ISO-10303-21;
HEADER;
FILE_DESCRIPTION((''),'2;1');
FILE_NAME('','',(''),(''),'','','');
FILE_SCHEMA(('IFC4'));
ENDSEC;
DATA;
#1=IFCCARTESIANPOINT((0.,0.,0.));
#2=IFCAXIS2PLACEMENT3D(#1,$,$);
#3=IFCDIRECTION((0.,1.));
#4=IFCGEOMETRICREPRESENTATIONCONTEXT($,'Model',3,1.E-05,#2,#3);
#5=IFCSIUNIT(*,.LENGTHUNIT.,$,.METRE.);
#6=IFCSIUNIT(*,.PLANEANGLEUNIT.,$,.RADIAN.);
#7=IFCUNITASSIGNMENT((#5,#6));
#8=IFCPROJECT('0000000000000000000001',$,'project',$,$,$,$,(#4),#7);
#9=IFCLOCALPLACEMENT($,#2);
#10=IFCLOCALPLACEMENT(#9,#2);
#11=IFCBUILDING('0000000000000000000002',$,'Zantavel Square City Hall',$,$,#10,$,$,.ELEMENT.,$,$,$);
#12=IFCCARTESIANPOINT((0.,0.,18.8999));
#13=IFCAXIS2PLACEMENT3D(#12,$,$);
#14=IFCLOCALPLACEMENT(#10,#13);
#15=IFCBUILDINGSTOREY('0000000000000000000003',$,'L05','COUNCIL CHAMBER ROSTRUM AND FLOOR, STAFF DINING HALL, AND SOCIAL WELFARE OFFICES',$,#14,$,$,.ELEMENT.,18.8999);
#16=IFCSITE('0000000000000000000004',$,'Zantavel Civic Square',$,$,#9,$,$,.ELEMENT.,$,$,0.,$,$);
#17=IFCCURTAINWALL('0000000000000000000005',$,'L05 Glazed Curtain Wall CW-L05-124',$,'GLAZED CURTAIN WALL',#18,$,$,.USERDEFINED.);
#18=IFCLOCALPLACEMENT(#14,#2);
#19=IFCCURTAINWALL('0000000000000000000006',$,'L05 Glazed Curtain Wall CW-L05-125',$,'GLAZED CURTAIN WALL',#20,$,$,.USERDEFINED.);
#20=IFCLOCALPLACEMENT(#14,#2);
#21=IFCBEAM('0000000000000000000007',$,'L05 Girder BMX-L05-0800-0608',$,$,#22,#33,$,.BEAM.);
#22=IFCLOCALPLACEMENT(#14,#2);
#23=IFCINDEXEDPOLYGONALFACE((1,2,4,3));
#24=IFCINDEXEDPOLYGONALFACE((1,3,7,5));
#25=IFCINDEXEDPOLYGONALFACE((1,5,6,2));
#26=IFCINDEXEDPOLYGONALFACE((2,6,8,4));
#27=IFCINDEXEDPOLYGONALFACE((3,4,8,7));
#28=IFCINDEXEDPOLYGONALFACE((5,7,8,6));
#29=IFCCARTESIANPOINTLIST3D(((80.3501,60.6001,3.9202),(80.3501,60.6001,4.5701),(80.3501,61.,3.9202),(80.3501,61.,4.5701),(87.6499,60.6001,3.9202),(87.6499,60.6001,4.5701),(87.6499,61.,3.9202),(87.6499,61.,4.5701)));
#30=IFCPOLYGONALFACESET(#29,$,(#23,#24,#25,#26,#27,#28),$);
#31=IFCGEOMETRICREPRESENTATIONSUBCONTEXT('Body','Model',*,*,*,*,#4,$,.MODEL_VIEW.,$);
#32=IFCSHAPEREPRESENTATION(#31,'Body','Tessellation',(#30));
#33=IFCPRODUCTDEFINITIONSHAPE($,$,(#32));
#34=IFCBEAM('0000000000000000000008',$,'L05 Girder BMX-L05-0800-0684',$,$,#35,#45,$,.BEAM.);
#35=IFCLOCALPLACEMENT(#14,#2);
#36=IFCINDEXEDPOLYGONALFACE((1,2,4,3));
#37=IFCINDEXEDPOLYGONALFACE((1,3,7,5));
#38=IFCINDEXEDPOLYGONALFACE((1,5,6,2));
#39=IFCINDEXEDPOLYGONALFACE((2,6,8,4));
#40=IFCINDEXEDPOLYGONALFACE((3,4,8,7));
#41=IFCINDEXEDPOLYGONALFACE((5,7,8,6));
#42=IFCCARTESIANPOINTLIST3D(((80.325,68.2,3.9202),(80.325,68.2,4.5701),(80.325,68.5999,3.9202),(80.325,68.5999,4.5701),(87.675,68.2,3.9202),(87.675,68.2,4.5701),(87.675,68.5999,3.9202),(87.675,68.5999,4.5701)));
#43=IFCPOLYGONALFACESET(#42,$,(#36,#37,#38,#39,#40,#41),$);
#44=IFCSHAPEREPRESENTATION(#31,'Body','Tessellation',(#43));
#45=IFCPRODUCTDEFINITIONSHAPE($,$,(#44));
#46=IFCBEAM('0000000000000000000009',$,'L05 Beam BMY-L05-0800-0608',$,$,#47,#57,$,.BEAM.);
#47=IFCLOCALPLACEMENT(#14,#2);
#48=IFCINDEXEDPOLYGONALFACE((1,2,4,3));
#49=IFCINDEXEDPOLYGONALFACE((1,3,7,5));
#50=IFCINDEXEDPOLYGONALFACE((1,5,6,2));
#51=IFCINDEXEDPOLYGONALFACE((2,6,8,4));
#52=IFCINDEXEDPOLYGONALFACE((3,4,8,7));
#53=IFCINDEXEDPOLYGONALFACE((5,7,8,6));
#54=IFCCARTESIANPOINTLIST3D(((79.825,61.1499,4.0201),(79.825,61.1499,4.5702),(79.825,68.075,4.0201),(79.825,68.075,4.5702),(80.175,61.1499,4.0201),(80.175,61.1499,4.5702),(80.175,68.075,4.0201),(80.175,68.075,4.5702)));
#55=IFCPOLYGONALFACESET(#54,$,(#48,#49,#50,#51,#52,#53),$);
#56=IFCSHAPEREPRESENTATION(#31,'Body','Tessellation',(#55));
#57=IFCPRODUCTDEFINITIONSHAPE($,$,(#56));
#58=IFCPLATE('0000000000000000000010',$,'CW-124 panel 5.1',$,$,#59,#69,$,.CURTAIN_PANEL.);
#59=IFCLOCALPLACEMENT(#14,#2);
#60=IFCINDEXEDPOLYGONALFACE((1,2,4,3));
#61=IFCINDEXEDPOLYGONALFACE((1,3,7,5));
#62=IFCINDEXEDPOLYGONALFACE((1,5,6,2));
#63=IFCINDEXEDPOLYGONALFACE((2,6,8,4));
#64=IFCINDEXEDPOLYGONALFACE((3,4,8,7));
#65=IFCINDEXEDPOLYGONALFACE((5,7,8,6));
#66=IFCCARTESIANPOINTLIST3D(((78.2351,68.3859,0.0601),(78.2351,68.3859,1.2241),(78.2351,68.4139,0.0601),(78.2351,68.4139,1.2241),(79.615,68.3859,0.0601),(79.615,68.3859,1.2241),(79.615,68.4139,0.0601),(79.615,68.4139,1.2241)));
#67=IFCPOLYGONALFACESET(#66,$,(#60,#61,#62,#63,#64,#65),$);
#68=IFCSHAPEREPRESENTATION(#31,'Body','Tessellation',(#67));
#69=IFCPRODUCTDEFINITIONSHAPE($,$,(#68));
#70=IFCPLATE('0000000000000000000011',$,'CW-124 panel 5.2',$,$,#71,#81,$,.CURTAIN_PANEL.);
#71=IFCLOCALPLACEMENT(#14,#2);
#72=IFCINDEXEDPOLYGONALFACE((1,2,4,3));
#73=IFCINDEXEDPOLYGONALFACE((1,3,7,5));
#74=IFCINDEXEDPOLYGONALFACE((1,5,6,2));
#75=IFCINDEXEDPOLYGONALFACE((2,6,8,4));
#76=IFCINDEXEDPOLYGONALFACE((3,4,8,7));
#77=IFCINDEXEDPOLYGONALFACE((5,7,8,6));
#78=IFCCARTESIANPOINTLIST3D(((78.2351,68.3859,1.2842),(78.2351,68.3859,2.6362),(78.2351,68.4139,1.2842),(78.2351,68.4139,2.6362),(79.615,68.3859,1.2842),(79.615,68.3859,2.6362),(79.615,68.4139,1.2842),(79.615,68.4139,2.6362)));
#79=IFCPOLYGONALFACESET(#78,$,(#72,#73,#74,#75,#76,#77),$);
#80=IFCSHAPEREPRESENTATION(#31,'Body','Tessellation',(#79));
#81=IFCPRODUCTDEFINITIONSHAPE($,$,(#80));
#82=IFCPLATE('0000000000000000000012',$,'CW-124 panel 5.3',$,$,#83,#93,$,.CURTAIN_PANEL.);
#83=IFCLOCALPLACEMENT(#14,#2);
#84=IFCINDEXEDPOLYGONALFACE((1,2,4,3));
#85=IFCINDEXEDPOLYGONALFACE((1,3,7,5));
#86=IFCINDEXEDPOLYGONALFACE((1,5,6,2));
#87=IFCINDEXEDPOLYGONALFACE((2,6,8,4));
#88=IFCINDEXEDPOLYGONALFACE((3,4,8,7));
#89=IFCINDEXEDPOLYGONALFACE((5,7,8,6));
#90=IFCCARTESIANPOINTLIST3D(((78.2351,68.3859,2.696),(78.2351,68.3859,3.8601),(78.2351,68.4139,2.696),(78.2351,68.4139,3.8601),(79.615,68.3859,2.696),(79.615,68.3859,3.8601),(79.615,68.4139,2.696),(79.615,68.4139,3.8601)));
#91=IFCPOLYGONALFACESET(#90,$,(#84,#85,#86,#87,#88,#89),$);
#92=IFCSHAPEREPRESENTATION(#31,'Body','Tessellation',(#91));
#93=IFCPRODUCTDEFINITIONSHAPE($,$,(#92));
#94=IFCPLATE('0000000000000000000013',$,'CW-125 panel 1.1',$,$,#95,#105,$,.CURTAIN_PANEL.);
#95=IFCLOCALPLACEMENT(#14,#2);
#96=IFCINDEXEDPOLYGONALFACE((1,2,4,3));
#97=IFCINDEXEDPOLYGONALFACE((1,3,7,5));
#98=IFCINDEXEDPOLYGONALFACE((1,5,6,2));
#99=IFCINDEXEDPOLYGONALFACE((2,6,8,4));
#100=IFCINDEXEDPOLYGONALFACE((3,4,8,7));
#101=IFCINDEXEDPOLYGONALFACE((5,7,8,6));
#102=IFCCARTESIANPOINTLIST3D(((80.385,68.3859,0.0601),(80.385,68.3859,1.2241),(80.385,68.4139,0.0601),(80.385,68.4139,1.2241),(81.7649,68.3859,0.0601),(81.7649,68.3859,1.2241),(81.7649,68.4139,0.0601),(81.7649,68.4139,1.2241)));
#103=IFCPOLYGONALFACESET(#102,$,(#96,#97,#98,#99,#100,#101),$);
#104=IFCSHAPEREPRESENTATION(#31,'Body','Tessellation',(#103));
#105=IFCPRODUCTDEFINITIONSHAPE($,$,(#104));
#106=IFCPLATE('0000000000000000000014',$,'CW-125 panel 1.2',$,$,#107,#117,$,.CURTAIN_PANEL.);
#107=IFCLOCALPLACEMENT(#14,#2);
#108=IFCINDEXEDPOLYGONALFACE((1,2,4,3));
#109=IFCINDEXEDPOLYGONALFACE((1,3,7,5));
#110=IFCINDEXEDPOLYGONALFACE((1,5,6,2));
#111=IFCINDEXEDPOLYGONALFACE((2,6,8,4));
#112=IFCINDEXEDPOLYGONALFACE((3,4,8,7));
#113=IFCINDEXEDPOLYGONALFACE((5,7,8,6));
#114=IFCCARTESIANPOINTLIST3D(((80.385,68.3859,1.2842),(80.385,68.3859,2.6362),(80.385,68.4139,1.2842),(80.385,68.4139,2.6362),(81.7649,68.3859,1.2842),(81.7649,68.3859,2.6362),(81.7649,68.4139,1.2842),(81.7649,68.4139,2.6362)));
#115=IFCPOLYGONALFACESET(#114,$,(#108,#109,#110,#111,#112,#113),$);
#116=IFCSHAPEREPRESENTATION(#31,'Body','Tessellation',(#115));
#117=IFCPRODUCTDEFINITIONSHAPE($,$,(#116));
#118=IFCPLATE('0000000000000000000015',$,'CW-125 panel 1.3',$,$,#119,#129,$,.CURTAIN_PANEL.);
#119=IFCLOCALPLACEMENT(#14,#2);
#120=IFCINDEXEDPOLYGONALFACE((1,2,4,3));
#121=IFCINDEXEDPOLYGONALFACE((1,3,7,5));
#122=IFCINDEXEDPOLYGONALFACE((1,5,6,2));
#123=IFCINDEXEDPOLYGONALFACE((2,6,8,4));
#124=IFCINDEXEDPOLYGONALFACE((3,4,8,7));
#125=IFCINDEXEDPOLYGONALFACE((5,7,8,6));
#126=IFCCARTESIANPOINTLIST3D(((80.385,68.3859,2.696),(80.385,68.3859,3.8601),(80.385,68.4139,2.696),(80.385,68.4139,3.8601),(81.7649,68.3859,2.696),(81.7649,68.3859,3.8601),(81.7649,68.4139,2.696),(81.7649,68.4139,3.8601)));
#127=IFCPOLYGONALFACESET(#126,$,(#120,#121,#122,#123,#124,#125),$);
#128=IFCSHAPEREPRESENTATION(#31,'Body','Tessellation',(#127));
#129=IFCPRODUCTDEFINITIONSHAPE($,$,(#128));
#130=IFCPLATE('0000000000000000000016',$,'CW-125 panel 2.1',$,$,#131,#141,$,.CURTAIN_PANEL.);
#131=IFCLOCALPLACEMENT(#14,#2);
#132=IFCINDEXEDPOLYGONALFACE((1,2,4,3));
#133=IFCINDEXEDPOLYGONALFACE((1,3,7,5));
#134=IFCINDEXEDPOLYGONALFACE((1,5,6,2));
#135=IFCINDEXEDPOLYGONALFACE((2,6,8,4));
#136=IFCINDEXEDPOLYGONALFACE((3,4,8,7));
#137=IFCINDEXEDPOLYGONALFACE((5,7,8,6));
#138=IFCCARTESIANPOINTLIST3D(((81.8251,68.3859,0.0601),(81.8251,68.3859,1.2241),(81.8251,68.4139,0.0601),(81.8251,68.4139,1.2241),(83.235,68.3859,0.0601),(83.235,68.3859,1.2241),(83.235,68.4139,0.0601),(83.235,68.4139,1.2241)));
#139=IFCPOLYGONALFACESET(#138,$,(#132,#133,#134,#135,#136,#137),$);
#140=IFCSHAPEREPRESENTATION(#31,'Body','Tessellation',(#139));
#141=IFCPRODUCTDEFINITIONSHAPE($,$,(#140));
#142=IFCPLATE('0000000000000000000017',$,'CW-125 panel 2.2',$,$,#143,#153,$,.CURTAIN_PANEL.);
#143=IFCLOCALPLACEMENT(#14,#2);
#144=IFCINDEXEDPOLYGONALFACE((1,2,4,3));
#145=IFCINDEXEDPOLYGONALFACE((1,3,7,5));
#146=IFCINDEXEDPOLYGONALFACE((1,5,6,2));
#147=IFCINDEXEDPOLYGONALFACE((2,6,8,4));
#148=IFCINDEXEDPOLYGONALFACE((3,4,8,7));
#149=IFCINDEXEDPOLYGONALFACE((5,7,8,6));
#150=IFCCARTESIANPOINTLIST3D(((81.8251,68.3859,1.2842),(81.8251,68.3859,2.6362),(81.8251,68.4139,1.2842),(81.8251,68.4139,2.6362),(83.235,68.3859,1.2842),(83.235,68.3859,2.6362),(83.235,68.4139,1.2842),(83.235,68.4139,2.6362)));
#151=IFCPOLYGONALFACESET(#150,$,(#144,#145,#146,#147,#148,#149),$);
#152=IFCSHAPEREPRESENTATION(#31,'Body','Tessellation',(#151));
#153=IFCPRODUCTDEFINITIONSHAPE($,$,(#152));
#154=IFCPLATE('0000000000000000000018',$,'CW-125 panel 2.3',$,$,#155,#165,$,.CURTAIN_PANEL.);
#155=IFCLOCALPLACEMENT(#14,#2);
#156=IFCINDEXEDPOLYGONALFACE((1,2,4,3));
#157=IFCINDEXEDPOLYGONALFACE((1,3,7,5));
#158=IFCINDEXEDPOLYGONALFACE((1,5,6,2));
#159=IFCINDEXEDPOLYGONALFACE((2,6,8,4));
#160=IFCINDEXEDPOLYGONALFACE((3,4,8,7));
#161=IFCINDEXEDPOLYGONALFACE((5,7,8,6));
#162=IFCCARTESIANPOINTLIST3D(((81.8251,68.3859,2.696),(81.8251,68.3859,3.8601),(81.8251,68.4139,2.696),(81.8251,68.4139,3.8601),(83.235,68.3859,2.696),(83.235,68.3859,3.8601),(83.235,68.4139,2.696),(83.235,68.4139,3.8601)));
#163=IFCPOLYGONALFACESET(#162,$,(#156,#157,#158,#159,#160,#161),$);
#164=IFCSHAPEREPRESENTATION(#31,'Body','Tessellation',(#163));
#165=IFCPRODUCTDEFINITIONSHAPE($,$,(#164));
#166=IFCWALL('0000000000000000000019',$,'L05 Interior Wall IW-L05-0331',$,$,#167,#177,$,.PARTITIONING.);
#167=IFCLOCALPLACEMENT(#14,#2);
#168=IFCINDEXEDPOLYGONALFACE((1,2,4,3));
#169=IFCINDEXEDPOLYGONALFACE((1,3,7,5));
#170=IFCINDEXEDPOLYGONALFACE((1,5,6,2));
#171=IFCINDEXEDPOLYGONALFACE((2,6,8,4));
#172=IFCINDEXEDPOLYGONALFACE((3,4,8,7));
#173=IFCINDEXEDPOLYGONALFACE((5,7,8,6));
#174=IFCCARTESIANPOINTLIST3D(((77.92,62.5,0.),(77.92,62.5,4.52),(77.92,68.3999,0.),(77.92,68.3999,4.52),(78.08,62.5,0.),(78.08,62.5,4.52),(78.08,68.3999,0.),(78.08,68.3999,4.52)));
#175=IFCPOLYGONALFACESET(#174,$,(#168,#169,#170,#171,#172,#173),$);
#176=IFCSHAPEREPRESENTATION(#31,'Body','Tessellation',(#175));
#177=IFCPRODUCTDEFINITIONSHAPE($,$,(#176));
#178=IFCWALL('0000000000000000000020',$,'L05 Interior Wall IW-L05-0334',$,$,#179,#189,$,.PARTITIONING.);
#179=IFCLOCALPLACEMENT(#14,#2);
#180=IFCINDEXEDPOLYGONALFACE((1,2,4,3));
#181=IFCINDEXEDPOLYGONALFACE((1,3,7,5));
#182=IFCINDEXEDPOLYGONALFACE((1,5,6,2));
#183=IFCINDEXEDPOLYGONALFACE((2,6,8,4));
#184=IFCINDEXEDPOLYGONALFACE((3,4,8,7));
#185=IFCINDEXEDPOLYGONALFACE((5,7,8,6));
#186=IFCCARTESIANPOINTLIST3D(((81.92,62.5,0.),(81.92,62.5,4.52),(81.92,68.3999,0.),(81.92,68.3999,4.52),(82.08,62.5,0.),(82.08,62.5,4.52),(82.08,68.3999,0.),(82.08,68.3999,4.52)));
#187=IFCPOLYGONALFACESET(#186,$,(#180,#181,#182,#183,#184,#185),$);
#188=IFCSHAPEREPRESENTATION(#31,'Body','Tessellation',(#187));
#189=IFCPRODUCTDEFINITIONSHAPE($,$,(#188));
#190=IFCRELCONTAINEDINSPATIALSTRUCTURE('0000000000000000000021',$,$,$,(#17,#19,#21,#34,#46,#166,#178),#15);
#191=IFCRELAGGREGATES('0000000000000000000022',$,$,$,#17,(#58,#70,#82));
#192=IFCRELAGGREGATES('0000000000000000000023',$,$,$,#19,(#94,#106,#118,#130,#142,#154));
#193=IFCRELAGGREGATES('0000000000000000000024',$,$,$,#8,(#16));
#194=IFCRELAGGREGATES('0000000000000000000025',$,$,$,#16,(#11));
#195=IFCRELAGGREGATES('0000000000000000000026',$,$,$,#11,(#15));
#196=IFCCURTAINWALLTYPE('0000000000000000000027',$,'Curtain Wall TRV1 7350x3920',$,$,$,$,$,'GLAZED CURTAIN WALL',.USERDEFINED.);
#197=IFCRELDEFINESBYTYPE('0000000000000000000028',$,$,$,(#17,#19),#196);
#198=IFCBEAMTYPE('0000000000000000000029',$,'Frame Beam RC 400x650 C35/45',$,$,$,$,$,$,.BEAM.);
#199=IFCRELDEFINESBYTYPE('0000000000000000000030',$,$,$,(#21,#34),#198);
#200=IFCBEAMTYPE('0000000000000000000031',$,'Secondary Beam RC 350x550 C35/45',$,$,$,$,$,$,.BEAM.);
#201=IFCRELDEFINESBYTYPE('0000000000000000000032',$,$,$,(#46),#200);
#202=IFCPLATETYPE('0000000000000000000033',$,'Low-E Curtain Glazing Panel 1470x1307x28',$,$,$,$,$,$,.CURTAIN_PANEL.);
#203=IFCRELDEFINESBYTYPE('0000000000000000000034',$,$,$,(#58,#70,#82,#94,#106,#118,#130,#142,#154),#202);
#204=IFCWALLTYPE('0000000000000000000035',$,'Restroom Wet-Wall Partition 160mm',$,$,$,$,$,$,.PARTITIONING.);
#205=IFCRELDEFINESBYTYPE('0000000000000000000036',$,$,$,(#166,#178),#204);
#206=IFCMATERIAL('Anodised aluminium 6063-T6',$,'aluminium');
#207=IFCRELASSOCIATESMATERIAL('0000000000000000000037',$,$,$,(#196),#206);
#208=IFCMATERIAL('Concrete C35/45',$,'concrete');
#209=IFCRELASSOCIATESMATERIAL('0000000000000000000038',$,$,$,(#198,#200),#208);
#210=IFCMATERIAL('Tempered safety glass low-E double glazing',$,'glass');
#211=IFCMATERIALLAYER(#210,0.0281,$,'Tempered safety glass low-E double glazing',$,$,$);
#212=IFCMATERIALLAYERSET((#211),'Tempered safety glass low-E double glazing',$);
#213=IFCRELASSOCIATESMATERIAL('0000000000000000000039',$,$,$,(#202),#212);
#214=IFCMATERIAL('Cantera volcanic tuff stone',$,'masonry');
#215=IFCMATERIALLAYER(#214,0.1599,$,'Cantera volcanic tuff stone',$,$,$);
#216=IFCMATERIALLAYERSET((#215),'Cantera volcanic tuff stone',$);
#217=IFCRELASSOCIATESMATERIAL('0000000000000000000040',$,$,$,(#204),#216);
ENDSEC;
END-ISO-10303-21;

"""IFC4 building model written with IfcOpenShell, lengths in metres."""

from ifc_helpers import new_model, si_unit, direction, frame, frame_2d, origin, origin_2d, place, context, subcontext, project, spatial, rectangle, extrude, material, layer, layer_set, material_profile, profile_set, type_object, element, aggregate, save


model = new_model("IFC4")

# Units and contexts
model_context = context("Model", 3, precision=1e-05, world=origin(), true_north=direction((0.0, 1.0)))
body_context = subcontext(model_context, "Body", "Model", "MODEL_VIEW")
ifc_project = project(units=[si_unit("LENGTHUNIT", "METRE"), si_unit("PLANEANGLEUNIT", "RADIAN")], contexts=[model_context])

# Site, building, storey
site_placement = place(None, origin())
site = spatial("IfcSite", under=ifc_project, at=site_placement, Name="Zantavel Civic Square", CompositionType="ELEMENT", RefElevation=0.0)
building_placement = place(site_placement, origin())
building = spatial("IfcBuilding", under=site, at=building_placement, Name="Zantavel Square City Hall", CompositionType="ELEMENT")
storey_placement = place(building_placement, frame((0.0, 0.0, 18.8999)))
storey = spatial("IfcBuildingStorey", under=building, at=storey_placement, Name="L05", Description="COUNCIL CHAMBER ROSTRUM AND FLOOR, STAFF DINING HALL, AND SOCIAL WELFARE OFFICES", CompositionType="ELEMENT", Elevation=18.8999)

# Curtain walls
ifc_material_1 = material(Name="Anodised aluminium 6063-T6", Category="aluminium")
curtain_wall_type = type_object("IfcCurtainWallType", Name="Curtain Wall TRV1 7350x3920", ElementType="GLAZED CURTAIN WALL", PredefinedType="USERDEFINED", material=ifc_material_1)
curtain_wall_1_placement = place(storey_placement, origin())
curtain_wall_1 = element("IfcCurtainWall", 1, at=curtain_wall_1_placement, inside=storey, type_object=curtain_wall_type, Name="L05 Glazed Curtain Wall CW-L05-124", ObjectType="GLAZED CURTAIN WALL", PredefinedType="USERDEFINED")
curtain_wall_2_placement = place(storey_placement, origin())
curtain_wall_2 = element("IfcCurtainWall", 2, at=curtain_wall_2_placement, inside=storey, type_object=curtain_wall_type, Name="L05 Glazed Curtain Wall CW-L05-125", ObjectType="GLAZED CURTAIN WALL", PredefinedType="USERDEFINED")

# Beams
ifc_material_2 = material(Name="Concrete C35/45", Category="concrete")
ifc_material_profile_1 = material_profile(ifc_material_2, rectangle(XDim=0.3999, YDim=0.6499, at=origin_2d()), Name="RC 400x650")
ifc_profile_set_1 = profile_set([ifc_material_profile_1], Name="Concrete C35/45")
beam_type_1 = type_object("IfcBeamType", Name="Frame Beam RC 400x650 C35/45", PredefinedType="BEAM", material=ifc_profile_set_1)
beam_1_placement = place(storey_placement, frame((80.3501, 60.8, 4.2451), z_axis=(1.0, 0.0, 0.0), x_axis=(0.0, 1.0, 0.0)))
element("IfcBeam", 3, at=beam_1_placement, inside=storey, type_object=beam_type_1, Name="L05 Girder BMX-L05-0800-0608", PredefinedType="BEAM", context=body_context, shape_type="SweptSolid", body=[
    extrude(rectangle(XDim=0.3999, YDim=0.6499, at=origin_2d()), origin(), (0.0, 0.0, 1.0), 7.2998),
])
beam_2_placement = place(storey_placement, frame((80.325, 68.3999, 4.2451), z_axis=(1.0, 0.0, 0.0), x_axis=(0.0, 1.0, 0.0)))
element("IfcBeam", 4, at=beam_2_placement, inside=storey, type_object=beam_type_1, Name="L05 Girder BMX-L05-0800-0684", PredefinedType="BEAM", context=body_context, shape_type="SweptSolid", body=[
    extrude(rectangle(XDim=0.3999, YDim=0.6499, at=origin_2d()), origin(), (0.0, 0.0, 1.0), 7.3501),
])
ifc_material_profile_2 = material_profile(ifc_material_2, rectangle(XDim=0.3501, YDim=0.55, at=origin_2d()), Name="RC 350x550")
ifc_profile_set_2 = profile_set([ifc_material_profile_2], Name="Concrete C35/45")
beam_type_2 = type_object("IfcBeamType", Name="Secondary Beam RC 350x550 C35/45", PredefinedType="BEAM", material=ifc_profile_set_2)
beam_3_placement = place(storey_placement, frame((80.0, 61.1499, 4.2952), z_axis=(0.0, 1.0, 0.0), x_axis=(-1.0, 0.0, 0.0)))
element("IfcBeam", 5, at=beam_3_placement, inside=storey, type_object=beam_type_2, Name="L05 Beam BMY-L05-0800-0608", PredefinedType="BEAM", context=body_context, shape_type="SweptSolid", body=[
    extrude(rectangle(XDim=0.3501, YDim=0.55, at=origin_2d()), origin(), (0.0, 0.0, 1.0), 6.925),
])

# Plates
ifc_material_3 = material(Name="Tempered safety glass low-E double glazing", Category="glass")
ifc_layer_1 = layer(ifc_material_3, 0.0281, Name="Tempered safety glass low-E double glazing")
ifc_layer_set_1 = layer_set([ifc_layer_1], Name="Tempered safety glass low-E double glazing")
plate_type = type_object("IfcPlateType", Name="Low-E Curtain Glazing Panel 1470x1307x28", PredefinedType="CURTAIN_PANEL", material=ifc_layer_set_1)
plate_1_placement = place(storey_placement, frame((78.925, 68.3999, 0.0601), z_axis=(0.0, 0.0, 1.0), x_axis=(1.0, 0.0, 0.0)))
plate_1 = element("IfcPlate", 6, at=plate_1_placement, type_object=plate_type, Name="CW-124 panel 5.1", PredefinedType="CURTAIN_PANEL", context=body_context, shape_type="SweptSolid", body=[
    extrude(rectangle(XDim=1.3799, YDim=0.0281, at=origin_2d()), origin(), (0.0, 0.0, 1.0), 1.1641),
])
plate_2_placement = place(storey_placement, frame((78.925, 68.3999, 1.2842), z_axis=(0.0, 0.0, 1.0), x_axis=(1.0, 0.0, 0.0)))
plate_2 = element("IfcPlate", 7, at=plate_2_placement, type_object=plate_type, Name="CW-124 panel 5.2", PredefinedType="CURTAIN_PANEL", context=body_context, shape_type="SweptSolid", body=[
    extrude(rectangle(XDim=1.3799, YDim=0.0281, at=origin_2d()), origin(), (0.0, 0.0, 1.0), 1.3521),
])
plate_3_placement = place(storey_placement, frame((78.925, 68.3999, 2.696), z_axis=(0.0, 0.0, 1.0), x_axis=(1.0, 0.0, 0.0)))
plate_3 = element("IfcPlate", 8, at=plate_3_placement, type_object=plate_type, Name="CW-124 panel 5.3", PredefinedType="CURTAIN_PANEL", context=body_context, shape_type="SweptSolid", body=[
    extrude(rectangle(XDim=1.3799, YDim=0.0281, at=origin_2d()), origin(), (0.0, 0.0, 1.0), 1.1641),
])
aggregate(curtain_wall_1, [plate_1, plate_2, plate_3])
plate_4_placement = place(storey_placement, frame((81.075, 68.3999, 0.0601), z_axis=(0.0, 0.0, 1.0), x_axis=(1.0, 0.0, 0.0)))
plate_4 = element("IfcPlate", 9, at=plate_4_placement, type_object=plate_type, Name="CW-125 panel 1.1", PredefinedType="CURTAIN_PANEL", context=body_context, shape_type="SweptSolid", body=[
    extrude(rectangle(XDim=1.3799, YDim=0.0281, at=origin_2d()), origin(), (0.0, 0.0, 1.0), 1.1641),
])
plate_5_placement = place(storey_placement, frame((81.075, 68.3999, 1.2842), z_axis=(0.0, 0.0, 1.0), x_axis=(1.0, 0.0, 0.0)))
plate_5 = element("IfcPlate", 10, at=plate_5_placement, type_object=plate_type, Name="CW-125 panel 1.2", PredefinedType="CURTAIN_PANEL", context=body_context, shape_type="SweptSolid", body=[
    extrude(rectangle(XDim=1.3799, YDim=0.0281, at=origin_2d()), origin(), (0.0, 0.0, 1.0), 1.3521),
])
plate_6_placement = place(storey_placement, frame((81.075, 68.3999, 2.696), z_axis=(0.0, 0.0, 1.0), x_axis=(1.0, 0.0, 0.0)))
plate_6 = element("IfcPlate", 11, at=plate_6_placement, type_object=plate_type, Name="CW-125 panel 1.3", PredefinedType="CURTAIN_PANEL", context=body_context, shape_type="SweptSolid", body=[
    extrude(rectangle(XDim=1.3799, YDim=0.0281, at=origin_2d()), origin(), (0.0, 0.0, 1.0), 1.1641),
])
plate_7_placement = place(storey_placement, frame((82.53, 68.3999, 0.0601), z_axis=(0.0, 0.0, 1.0), x_axis=(1.0, 0.0, 0.0)))
plate_7 = element("IfcPlate", 12, at=plate_7_placement, type_object=plate_type, Name="CW-125 panel 2.1", PredefinedType="CURTAIN_PANEL", context=body_context, shape_type="SweptSolid", body=[
    extrude(rectangle(XDim=1.4099, YDim=0.0281, at=origin_2d()), origin(), (0.0, 0.0, 1.0), 1.1641),
])
plate_8_placement = place(storey_placement, frame((82.53, 68.3999, 1.2842), z_axis=(0.0, 0.0, 1.0), x_axis=(1.0, 0.0, 0.0)))
plate_8 = element("IfcPlate", 13, at=plate_8_placement, type_object=plate_type, Name="CW-125 panel 2.2", PredefinedType="CURTAIN_PANEL", context=body_context, shape_type="SweptSolid", body=[
    extrude(rectangle(XDim=1.4099, YDim=0.0281, at=origin_2d()), origin(), (0.0, 0.0, 1.0), 1.3521),
])
plate_9_placement = place(storey_placement, frame((82.53, 68.3999, 2.696), z_axis=(0.0, 0.0, 1.0), x_axis=(1.0, 0.0, 0.0)))
plate_9 = element("IfcPlate", 14, at=plate_9_placement, type_object=plate_type, Name="CW-125 panel 2.3", PredefinedType="CURTAIN_PANEL", context=body_context, shape_type="SweptSolid", body=[
    extrude(rectangle(XDim=1.4099, YDim=0.0281, at=origin_2d()), origin(), (0.0, 0.0, 1.0), 1.1641),
])
aggregate(curtain_wall_2, [plate_4, plate_5, plate_6, plate_7, plate_8, plate_9])

# Shared definitions
ifc_material_4 = material(Name="Cantera volcanic tuff stone", Category="masonry")

# Walls
ifc_layer_2 = layer(ifc_material_4, 0.1599, Name="Cantera volcanic tuff stone")
ifc_layer_set_2 = layer_set([ifc_layer_2], Name="Cantera volcanic tuff stone")
wall_type_1 = type_object("IfcWallType", Name="Restroom Wet-Wall Partition 160mm", PredefinedType="PARTITIONING", material=ifc_layer_set_2)
for number, where, z_axis, x_axis, name in (
    (15, (78.0, 68.3999, 0.0), (0.0, 0.0, 1.0), (0.0, -1.0, 0.0), "L05 Interior Wall IW-L05-0331"),
    (16, (82.0, 68.3999, 0.0), (0.0, 0.0, 1.0), (0.0, -1.0, 0.0), "L05 Interior Wall IW-L05-0334"),
):
    element("IfcWall", number, at=place(storey_placement, frame(where, z_axis=z_axis, x_axis=x_axis)), inside=storey, type_object=wall_type_1, Name=name, PredefinedType="PARTITIONING", context=body_context, shape_type="SweptSolid", body=[
        extrude(rectangle(XDim=5.8999, YDim=0.1599, at=frame_2d((2.95, 0.0))), origin(), (0.0, 0.0, 1.0), 4.52),
    ])

save(model, "model.ifc")
